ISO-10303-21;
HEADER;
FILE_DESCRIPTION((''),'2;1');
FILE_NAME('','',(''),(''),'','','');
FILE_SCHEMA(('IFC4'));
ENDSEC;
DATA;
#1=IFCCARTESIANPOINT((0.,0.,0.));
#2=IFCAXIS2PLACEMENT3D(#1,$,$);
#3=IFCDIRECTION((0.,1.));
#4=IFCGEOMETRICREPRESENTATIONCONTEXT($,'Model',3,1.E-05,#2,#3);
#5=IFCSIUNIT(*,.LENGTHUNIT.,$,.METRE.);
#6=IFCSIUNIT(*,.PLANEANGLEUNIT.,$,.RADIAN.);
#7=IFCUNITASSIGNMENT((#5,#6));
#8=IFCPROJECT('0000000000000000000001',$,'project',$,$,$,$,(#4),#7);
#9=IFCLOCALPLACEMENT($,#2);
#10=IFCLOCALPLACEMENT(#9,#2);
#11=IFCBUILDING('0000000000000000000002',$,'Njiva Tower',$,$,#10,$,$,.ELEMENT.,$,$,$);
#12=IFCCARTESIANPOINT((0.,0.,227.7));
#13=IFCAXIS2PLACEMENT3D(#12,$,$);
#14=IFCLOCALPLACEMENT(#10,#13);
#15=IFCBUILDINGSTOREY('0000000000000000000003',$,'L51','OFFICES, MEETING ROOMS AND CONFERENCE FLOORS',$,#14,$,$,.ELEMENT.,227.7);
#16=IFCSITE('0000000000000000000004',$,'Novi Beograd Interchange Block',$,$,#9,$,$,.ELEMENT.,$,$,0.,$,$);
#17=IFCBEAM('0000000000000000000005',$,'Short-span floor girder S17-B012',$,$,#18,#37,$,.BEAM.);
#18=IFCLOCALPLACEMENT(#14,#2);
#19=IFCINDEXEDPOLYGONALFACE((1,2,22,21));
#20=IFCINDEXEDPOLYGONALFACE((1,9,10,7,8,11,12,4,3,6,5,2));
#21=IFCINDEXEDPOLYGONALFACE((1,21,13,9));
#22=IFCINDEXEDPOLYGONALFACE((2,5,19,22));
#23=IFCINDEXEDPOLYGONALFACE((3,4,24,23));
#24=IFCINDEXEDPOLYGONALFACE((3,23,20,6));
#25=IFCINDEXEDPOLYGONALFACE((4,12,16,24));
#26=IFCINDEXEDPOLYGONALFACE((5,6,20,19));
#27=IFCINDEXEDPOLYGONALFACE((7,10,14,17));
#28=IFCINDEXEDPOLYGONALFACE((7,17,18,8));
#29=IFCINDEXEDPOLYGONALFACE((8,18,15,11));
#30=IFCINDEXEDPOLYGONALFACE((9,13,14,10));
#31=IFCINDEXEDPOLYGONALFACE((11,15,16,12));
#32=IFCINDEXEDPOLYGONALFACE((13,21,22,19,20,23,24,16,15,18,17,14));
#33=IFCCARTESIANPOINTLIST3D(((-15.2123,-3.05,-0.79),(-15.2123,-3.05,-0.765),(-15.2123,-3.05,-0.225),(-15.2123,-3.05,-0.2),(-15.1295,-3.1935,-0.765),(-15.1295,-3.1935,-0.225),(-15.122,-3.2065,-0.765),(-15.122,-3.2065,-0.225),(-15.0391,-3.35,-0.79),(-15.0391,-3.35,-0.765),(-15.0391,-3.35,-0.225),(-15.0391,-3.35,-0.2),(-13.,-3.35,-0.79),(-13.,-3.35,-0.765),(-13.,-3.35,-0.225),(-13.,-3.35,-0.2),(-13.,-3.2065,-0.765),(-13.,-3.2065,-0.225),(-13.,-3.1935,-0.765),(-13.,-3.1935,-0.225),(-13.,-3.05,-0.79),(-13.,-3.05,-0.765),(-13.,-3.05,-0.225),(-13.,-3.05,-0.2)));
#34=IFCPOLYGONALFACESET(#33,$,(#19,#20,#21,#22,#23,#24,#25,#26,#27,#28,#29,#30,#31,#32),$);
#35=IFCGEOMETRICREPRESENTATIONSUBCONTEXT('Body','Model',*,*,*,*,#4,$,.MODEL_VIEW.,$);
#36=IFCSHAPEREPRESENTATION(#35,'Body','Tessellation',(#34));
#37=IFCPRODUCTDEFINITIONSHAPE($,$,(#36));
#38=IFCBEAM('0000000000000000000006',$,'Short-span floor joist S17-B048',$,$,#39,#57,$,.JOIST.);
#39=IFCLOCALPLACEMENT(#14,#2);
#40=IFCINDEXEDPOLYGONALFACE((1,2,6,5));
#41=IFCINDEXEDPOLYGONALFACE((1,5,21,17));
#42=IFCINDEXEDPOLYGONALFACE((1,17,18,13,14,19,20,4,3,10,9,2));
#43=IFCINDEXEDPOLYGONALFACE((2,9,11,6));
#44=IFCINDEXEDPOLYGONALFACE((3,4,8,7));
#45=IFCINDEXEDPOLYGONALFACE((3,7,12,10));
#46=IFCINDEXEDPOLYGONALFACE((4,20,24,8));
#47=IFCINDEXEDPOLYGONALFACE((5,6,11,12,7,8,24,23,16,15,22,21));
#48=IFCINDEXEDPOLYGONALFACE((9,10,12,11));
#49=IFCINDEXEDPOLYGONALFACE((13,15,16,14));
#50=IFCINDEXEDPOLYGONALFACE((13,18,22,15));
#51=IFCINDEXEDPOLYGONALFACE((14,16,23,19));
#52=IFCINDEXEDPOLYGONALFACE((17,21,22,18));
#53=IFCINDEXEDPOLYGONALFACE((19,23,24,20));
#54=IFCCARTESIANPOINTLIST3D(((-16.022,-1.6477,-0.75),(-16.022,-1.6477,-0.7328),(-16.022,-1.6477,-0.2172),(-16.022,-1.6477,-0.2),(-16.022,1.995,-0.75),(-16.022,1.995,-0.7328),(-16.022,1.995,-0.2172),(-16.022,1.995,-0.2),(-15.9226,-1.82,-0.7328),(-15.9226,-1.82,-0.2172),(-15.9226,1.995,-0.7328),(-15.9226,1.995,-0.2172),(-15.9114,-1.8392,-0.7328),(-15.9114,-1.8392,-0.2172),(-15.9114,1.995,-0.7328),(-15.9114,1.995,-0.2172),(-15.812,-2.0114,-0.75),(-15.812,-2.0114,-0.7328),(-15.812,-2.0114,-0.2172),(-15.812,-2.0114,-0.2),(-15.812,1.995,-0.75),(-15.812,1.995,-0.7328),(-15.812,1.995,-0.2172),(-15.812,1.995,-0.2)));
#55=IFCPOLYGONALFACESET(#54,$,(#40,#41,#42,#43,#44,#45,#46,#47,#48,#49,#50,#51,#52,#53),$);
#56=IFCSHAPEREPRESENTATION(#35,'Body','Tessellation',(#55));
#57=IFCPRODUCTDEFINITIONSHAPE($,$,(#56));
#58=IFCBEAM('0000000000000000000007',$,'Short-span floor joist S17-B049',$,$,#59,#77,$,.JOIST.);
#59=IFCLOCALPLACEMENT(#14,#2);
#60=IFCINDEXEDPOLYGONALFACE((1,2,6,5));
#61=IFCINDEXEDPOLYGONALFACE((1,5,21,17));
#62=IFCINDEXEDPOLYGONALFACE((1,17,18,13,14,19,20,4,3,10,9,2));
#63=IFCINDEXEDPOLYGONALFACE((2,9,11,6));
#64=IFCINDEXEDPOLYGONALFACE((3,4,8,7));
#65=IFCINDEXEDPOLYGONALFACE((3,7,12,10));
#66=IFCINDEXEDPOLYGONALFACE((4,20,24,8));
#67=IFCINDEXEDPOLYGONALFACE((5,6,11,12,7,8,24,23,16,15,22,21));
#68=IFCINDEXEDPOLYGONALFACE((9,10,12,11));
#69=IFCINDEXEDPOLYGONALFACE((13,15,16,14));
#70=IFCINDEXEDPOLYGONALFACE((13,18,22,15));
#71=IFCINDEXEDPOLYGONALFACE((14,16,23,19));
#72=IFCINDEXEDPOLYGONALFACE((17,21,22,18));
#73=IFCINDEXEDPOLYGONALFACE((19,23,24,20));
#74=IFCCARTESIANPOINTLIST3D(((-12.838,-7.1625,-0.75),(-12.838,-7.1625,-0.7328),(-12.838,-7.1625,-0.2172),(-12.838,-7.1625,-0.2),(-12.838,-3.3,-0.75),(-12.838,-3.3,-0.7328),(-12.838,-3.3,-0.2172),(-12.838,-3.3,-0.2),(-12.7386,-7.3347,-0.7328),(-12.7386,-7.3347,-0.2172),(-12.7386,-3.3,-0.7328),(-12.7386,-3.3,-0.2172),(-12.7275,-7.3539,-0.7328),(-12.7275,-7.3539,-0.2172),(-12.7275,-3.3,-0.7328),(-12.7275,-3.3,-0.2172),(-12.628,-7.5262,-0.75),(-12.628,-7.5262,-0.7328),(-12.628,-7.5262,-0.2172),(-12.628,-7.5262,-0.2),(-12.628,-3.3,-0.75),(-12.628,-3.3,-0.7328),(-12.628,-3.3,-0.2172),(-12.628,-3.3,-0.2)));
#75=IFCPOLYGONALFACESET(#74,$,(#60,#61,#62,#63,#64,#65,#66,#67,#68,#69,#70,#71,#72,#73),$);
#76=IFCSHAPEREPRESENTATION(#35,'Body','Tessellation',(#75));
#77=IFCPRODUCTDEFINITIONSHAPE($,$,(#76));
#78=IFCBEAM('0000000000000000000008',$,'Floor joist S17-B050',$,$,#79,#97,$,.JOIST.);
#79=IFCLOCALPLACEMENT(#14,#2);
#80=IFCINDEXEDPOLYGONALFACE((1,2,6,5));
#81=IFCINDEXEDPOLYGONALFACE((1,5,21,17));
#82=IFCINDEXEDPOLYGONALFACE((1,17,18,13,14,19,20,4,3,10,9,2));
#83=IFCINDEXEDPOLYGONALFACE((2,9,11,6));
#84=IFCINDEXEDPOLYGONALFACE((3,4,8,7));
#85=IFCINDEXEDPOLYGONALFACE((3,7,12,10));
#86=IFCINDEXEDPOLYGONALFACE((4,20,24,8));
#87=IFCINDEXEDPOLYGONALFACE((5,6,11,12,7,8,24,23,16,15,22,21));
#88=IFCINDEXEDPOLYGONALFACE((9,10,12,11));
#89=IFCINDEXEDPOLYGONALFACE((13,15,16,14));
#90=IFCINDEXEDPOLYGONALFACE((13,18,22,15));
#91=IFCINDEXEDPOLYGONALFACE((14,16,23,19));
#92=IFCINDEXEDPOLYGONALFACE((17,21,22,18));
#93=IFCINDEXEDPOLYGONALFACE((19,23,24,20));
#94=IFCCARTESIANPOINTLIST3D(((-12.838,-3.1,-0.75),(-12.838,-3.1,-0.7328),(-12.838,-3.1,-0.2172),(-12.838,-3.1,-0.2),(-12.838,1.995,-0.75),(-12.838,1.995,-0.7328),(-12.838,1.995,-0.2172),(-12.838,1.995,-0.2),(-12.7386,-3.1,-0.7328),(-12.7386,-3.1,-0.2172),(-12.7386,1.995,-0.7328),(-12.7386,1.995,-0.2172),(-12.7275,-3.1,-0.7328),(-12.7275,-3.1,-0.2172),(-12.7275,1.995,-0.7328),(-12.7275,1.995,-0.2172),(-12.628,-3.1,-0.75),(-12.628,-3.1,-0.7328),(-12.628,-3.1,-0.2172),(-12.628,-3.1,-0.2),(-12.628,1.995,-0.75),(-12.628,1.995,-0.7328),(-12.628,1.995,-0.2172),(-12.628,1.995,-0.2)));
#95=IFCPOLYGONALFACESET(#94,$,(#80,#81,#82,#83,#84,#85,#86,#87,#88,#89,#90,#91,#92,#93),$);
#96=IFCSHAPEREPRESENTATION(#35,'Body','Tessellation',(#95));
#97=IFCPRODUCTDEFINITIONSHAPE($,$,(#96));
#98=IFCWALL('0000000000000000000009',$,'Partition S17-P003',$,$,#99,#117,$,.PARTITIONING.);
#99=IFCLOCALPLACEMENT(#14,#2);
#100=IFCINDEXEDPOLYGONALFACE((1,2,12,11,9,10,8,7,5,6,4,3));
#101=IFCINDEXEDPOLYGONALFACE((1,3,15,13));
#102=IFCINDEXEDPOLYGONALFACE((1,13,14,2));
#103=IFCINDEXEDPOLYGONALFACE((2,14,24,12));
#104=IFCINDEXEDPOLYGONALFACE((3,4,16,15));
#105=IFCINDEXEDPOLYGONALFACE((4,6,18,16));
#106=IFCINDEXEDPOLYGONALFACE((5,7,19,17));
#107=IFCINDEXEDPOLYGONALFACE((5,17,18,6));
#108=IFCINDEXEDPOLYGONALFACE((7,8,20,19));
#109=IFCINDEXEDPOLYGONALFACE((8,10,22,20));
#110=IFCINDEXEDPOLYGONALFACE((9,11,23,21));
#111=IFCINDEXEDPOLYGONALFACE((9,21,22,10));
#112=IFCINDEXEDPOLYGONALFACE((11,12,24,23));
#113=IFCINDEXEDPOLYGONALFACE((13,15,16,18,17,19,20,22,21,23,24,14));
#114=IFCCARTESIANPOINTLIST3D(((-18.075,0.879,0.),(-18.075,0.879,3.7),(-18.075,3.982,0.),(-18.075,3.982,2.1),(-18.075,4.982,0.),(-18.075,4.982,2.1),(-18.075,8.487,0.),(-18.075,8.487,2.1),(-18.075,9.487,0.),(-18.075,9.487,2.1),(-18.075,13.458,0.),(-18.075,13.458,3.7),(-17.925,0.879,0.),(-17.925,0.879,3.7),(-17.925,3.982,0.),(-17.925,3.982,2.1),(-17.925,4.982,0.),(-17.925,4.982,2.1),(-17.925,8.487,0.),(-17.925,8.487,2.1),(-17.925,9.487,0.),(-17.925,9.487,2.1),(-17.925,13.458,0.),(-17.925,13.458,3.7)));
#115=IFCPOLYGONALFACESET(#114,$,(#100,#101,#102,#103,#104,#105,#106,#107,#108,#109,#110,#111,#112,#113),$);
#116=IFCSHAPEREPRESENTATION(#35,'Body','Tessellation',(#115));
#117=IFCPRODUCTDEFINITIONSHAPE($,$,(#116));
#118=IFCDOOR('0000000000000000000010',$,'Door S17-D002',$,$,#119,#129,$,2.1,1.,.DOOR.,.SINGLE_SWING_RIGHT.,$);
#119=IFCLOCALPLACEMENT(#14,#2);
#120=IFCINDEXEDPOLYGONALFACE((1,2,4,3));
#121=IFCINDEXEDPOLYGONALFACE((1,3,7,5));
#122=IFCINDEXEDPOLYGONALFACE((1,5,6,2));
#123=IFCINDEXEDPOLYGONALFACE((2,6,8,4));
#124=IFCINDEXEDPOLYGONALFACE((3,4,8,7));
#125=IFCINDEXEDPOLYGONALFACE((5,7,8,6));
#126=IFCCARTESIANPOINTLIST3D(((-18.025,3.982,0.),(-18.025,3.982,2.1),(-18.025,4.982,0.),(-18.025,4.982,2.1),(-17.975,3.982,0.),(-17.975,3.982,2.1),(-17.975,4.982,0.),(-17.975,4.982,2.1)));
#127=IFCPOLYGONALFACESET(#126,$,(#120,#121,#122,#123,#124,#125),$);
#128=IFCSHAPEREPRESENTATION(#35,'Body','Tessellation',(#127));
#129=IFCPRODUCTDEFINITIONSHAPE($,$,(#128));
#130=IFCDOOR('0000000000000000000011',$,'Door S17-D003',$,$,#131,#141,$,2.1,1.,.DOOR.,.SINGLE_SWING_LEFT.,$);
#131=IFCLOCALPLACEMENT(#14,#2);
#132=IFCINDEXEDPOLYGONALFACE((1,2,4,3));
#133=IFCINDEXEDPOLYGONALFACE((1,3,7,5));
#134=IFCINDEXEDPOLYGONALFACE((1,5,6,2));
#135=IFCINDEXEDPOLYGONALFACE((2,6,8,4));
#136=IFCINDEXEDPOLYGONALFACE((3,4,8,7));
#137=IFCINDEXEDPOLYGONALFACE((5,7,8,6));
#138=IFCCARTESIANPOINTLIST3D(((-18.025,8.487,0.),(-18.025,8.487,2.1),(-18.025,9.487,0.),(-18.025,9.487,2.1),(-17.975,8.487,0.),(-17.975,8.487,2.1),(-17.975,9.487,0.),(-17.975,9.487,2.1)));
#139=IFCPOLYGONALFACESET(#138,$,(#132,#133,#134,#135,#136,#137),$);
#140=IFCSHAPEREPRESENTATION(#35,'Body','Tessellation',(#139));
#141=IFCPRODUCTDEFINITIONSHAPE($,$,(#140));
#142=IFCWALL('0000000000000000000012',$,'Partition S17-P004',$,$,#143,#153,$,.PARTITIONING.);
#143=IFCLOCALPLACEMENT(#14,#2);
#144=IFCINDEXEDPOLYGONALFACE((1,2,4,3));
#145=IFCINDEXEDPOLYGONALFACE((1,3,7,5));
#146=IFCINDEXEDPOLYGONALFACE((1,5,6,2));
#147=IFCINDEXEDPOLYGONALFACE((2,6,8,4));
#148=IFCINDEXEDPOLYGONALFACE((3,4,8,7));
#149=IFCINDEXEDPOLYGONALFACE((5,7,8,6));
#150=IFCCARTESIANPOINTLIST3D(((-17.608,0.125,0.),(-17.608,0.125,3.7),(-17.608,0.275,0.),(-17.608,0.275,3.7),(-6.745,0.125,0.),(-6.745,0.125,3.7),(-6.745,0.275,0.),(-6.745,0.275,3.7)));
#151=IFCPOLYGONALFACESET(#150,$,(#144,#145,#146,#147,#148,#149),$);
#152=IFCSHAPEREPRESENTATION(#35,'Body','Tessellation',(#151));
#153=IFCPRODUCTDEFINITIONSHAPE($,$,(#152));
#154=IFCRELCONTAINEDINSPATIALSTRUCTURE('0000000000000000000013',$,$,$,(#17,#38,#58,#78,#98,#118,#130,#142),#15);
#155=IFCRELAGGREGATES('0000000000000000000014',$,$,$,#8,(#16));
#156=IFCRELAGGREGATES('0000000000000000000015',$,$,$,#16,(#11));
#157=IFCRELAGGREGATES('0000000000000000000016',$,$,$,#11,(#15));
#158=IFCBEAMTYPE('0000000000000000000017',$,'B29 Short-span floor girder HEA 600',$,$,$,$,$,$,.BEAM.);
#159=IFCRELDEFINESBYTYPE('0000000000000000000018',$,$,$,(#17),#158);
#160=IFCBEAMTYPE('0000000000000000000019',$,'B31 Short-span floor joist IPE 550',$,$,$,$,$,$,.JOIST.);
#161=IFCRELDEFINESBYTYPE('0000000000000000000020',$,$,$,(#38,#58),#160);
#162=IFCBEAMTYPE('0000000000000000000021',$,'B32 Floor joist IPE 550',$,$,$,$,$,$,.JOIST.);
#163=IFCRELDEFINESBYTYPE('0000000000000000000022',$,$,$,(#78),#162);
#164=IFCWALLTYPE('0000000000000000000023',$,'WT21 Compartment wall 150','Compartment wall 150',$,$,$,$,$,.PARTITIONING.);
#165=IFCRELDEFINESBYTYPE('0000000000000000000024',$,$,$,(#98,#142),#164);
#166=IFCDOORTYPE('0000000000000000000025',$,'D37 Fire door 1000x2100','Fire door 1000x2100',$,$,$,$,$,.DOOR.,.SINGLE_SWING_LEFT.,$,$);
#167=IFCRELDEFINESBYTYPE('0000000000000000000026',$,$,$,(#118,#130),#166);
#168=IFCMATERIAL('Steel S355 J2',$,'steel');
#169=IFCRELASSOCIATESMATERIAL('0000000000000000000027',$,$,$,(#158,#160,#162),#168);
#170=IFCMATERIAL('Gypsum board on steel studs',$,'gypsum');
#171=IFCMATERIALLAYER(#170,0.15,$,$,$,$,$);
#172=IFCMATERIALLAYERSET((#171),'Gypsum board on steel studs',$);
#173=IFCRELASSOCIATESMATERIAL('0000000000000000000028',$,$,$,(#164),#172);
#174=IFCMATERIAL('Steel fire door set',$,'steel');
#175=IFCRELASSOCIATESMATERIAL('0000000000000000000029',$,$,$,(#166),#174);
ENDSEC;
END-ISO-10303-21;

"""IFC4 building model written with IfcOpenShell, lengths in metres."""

from ifc_helpers import new_model, si_unit, direction, frame, frame_2d, origin, origin_2d, place, context, subcontext, project, spatial, rectangle, i_section, extrude, clip, halfspace, material, layer, layer_set, material_profile, profile_set, type_object, element, fill, save


model = new_model("IFC4")

# Units and contexts
model_context = context("Model", 3, precision=1e-05, world=origin(), true_north=direction((0.0, 1.0)))
body_context = subcontext(model_context, "Body", "Model", "MODEL_VIEW")
ifc_project = project(units=[si_unit("LENGTHUNIT", "METRE"), si_unit("PLANEANGLEUNIT", "RADIAN")], contexts=[model_context])

# Site, building, storey
site_placement = place(None, origin())
site = spatial("IfcSite", under=ifc_project, at=site_placement, Name="Novi Beograd Interchange Block", CompositionType="ELEMENT", RefElevation=0.0)
building_placement = place(site_placement, origin())
building = spatial("IfcBuilding", under=site, at=building_placement, Name="Njiva Tower", CompositionType="ELEMENT")
storey_placement = place(building_placement, frame((0.0, 0.0, 227.7)))
storey = spatial("IfcBuildingStorey", under=building, at=storey_placement, Name="L51", Description="OFFICES, MEETING ROOMS AND CONFERENCE FLOORS", CompositionType="ELEMENT", Elevation=227.7)

# Shared definitions
ifc_material_1 = material(Name="Steel S355 J2", Category="steel")

# Beams
ifc_material_profile_1 = material_profile(ifc_material_1, i_section(OverallWidth=0.3, OverallDepth=0.59, WebThickness=0.013, FlangeThickness=0.025, at=origin_2d()), Name="HEA 600")
ifc_profile_set_1 = profile_set([ifc_material_profile_1], Name="Steel S355 J2")
beam_type_1 = type_object("IfcBeamType", Name="B29 Short-span floor girder HEA 600", PredefinedType="BEAM", material=ifc_profile_set_1)
beam_1_placement = place(storey_placement, frame((-15.233, -3.2, -0.495), z_axis=(1.0, 0.0, 0.0), x_axis=(0.0, 1.0, 0.0)))
element("IfcBeam", 1, at=beam_1_placement, inside=storey, type_object=beam_type_1, Name="Short-span floor girder S17-B012", PredefinedType="BEAM", context=body_context, shape_type="Clipping", body=[
    clip(extrude(i_section(OverallWidth=0.3, OverallDepth=0.59, WebThickness=0.013, FlangeThickness=0.025, at=origin_2d()), origin(), (0.0, 0.0, 1.0), 2.233), halfspace(frame((-0.025, 0.0, 0.1217), z_axis=(-0.499998, 0.0, -0.866027), x_axis=(0.0, -1.0, 0.0)), False)),
])
ifc_material_profile_2 = material_profile(ifc_material_1, i_section(OverallWidth=0.21, OverallDepth=0.55, WebThickness=0.0111, FlangeThickness=0.0172, at=origin_2d()), Name="IPE 550")
ifc_profile_set_2 = profile_set([ifc_material_profile_2], Name="Steel S355 J2")
beam_type_2 = type_object("IfcBeamType", Name="B31 Short-span floor joist IPE 550", PredefinedType="JOIST", material=ifc_profile_set_2)
beam_2_placement = place(storey_placement, frame((-15.917, 1.995, -0.475), z_axis=(0.0, -1.0, 0.0), x_axis=(1.0, 0.0, 0.0)))
element("IfcBeam", 2, at=beam_2_placement, inside=storey, type_object=beam_type_2, Name="Short-span floor joist S17-B048", PredefinedType="JOIST", context=body_context, shape_type="Clipping", body=[
    clip(extrude(i_section(OverallWidth=0.21, OverallDepth=0.55, WebThickness=0.0111, FlangeThickness=0.0172, at=origin_2d()), origin(), (0.0, 0.0, 1.0), 4.027), halfspace(frame((-0.043, 0.0, 3.7501), z_axis=(-0.866027, 0.0, 0.499998), x_axis=(0.0, 1.0, 0.0)), False)),
])
beam_3_placement = place(storey_placement, frame((-12.733, -3.3, -0.475), z_axis=(0.0, -1.0, 0.0), x_axis=(1.0, 0.0, 0.0)))
element("IfcBeam", 3, at=beam_3_placement, inside=storey, type_object=beam_type_2, Name="Short-span floor joist S17-B049", PredefinedType="JOIST", context=body_context, shape_type="Clipping", body=[
    clip(extrude(i_section(OverallWidth=0.21, OverallDepth=0.55, WebThickness=0.0111, FlangeThickness=0.0172, at=origin_2d()), origin(), (0.0, 0.0, 1.0), 4.246), halfspace(frame((-0.0436, 0.0, 3.9688), z_axis=(-0.866027, 0.0, 0.499998), x_axis=(0.0, 1.0, 0.0)), False)),
])
ifc_material_profile_3 = material_profile(ifc_material_1, i_section(OverallWidth=0.21, OverallDepth=0.55, WebThickness=0.0111, FlangeThickness=0.0172, at=origin_2d()), Name="IPE 550")
ifc_profile_set_3 = profile_set([ifc_material_profile_3], Name="Steel S355 J2")
beam_type_3 = type_object("IfcBeamType", Name="B32 Floor joist IPE 550", PredefinedType="JOIST", material=ifc_profile_set_3)
beam_4_placement = place(storey_placement, frame((-12.733, 1.995, -0.475), z_axis=(0.0, -1.0, 0.0), x_axis=(1.0, 0.0, 0.0)))
element("IfcBeam", 4, at=beam_4_placement, inside=storey, type_object=beam_type_3, Name="Floor joist S17-B050", PredefinedType="JOIST", context=body_context, shape_type="SweptSolid", body=[
    extrude(i_section(OverallWidth=0.21, OverallDepth=0.55, WebThickness=0.0111, FlangeThickness=0.0172, at=origin_2d()), origin(), (0.0, 0.0, 1.0), 5.095),
])

# Wall, openings, doors
ifc_material_2 = material(Name="Gypsum board on steel studs", Category="gypsum")
ifc_layer = layer(ifc_material_2, 0.15)
ifc_layer_set = layer_set([ifc_layer], Name="Gypsum board on steel studs")
wall_type = type_object("IfcWallType", Name="WT21 Compartment wall 150", Description="Compartment wall 150", PredefinedType="PARTITIONING", material=ifc_layer_set)
wall_1_placement = place(storey_placement, frame((-18.0, 0.879, 0.0), z_axis=(0.0, 0.0, 1.0), x_axis=(0.0, 1.0, 0.0)))
wall_1 = element("IfcWall", 5, at=wall_1_placement, inside=storey, type_object=wall_type, Name="Partition S17-P003", PredefinedType="PARTITIONING", context=body_context, shape_type="SweptSolid", body=[
    extrude(rectangle(XDim=12.579, YDim=0.15, at=frame_2d((6.2895, 0.0))), origin(), (0.0, 0.0, 1.0), 3.7),
])
opening_1_placement = place(wall_1_placement, frame((3.103, 0.0, 0.0)))
opening_1 = element("IfcOpeningElement", 6, at=opening_1_placement, cuts=wall_1, PredefinedType="OPENING", context=body_context, shape_type="SweptSolid", body=[
    extrude(rectangle(XDim=1.0, YDim=2.1, at=frame_2d((0.5, 1.05))), frame((0.0, 0.085, 0.0), z_axis=(0.0, -1.0, 0.0), x_axis=(1.0, 0.0, 0.0)), (0.0, 0.0, 1.0), 0.17),
])
opening_2_placement = place(wall_1_placement, frame((7.608, 0.0, 0.0)))
opening_2 = element("IfcOpeningElement", 7, at=opening_2_placement, cuts=wall_1, PredefinedType="OPENING", context=body_context, shape_type="SweptSolid", body=[
    extrude(rectangle(XDim=1.0, YDim=2.1, at=frame_2d((0.5, 1.05))), frame((0.0, 0.085, 0.0), z_axis=(0.0, -1.0, 0.0), x_axis=(1.0, 0.0, 0.0)), (0.0, 0.0, 1.0), 0.17),
])
ifc_material_3 = material(Name="Steel fire door set", Category="steel")
door_type = type_object("IfcDoorType", Name="D37 Fire door 1000x2100", Description="Fire door 1000x2100", OperationType="SINGLE_SWING_LEFT", PredefinedType="DOOR", material=ifc_material_3)
door_1_placement = place(opening_1_placement, origin())
door_1 = element("IfcDoor", 8, at=door_1_placement, inside=storey, type_object=door_type, Name="Door S17-D002", OperationType="SINGLE_SWING_RIGHT", OverallHeight=2.1, OverallWidth=1.0, PredefinedType="DOOR", context=body_context, shape_type="SweptSolid", body=[
    extrude(rectangle(XDim=1.0, YDim=2.1, at=frame_2d((0.5, 1.05))), frame((0.0, 0.025, 0.0), z_axis=(0.0, -1.0, 0.0), x_axis=(1.0, 0.0, 0.0)), (0.0, 0.0, 1.0), 0.05),
])
fill(opening_1, door_1)
door_2_placement = place(opening_2_placement, origin())
door_2 = element("IfcDoor", 9, at=door_2_placement, inside=storey, type_object=door_type, Name="Door S17-D003", OperationType="SINGLE_SWING_LEFT", OverallHeight=2.1, OverallWidth=1.0, PredefinedType="DOOR", context=body_context, shape_type="SweptSolid", body=[
    extrude(rectangle(XDim=1.0, YDim=2.1, at=frame_2d((0.5, 1.05))), frame((0.0, 0.025, 0.0), z_axis=(0.0, -1.0, 0.0), x_axis=(1.0, 0.0, 0.0)), (0.0, 0.0, 1.0), 0.05),
])
fill(opening_2, door_2)

# Wall
wall_2_placement = place(storey_placement, frame((-17.608, 0.2, 0.0), z_axis=(0.0, 0.0, 1.0), x_axis=(1.0, 0.0, 0.0)))
element("IfcWall", 10, at=wall_2_placement, inside=storey, type_object=wall_type, Name="Partition S17-P004", PredefinedType="PARTITIONING", context=body_context, shape_type="SweptSolid", body=[
    extrude(rectangle(XDim=10.863, YDim=0.15, at=frame_2d((5.4315, 0.0))), origin(), (0.0, 0.0, 1.0), 3.7),
])

save(model, "model.ifc")
